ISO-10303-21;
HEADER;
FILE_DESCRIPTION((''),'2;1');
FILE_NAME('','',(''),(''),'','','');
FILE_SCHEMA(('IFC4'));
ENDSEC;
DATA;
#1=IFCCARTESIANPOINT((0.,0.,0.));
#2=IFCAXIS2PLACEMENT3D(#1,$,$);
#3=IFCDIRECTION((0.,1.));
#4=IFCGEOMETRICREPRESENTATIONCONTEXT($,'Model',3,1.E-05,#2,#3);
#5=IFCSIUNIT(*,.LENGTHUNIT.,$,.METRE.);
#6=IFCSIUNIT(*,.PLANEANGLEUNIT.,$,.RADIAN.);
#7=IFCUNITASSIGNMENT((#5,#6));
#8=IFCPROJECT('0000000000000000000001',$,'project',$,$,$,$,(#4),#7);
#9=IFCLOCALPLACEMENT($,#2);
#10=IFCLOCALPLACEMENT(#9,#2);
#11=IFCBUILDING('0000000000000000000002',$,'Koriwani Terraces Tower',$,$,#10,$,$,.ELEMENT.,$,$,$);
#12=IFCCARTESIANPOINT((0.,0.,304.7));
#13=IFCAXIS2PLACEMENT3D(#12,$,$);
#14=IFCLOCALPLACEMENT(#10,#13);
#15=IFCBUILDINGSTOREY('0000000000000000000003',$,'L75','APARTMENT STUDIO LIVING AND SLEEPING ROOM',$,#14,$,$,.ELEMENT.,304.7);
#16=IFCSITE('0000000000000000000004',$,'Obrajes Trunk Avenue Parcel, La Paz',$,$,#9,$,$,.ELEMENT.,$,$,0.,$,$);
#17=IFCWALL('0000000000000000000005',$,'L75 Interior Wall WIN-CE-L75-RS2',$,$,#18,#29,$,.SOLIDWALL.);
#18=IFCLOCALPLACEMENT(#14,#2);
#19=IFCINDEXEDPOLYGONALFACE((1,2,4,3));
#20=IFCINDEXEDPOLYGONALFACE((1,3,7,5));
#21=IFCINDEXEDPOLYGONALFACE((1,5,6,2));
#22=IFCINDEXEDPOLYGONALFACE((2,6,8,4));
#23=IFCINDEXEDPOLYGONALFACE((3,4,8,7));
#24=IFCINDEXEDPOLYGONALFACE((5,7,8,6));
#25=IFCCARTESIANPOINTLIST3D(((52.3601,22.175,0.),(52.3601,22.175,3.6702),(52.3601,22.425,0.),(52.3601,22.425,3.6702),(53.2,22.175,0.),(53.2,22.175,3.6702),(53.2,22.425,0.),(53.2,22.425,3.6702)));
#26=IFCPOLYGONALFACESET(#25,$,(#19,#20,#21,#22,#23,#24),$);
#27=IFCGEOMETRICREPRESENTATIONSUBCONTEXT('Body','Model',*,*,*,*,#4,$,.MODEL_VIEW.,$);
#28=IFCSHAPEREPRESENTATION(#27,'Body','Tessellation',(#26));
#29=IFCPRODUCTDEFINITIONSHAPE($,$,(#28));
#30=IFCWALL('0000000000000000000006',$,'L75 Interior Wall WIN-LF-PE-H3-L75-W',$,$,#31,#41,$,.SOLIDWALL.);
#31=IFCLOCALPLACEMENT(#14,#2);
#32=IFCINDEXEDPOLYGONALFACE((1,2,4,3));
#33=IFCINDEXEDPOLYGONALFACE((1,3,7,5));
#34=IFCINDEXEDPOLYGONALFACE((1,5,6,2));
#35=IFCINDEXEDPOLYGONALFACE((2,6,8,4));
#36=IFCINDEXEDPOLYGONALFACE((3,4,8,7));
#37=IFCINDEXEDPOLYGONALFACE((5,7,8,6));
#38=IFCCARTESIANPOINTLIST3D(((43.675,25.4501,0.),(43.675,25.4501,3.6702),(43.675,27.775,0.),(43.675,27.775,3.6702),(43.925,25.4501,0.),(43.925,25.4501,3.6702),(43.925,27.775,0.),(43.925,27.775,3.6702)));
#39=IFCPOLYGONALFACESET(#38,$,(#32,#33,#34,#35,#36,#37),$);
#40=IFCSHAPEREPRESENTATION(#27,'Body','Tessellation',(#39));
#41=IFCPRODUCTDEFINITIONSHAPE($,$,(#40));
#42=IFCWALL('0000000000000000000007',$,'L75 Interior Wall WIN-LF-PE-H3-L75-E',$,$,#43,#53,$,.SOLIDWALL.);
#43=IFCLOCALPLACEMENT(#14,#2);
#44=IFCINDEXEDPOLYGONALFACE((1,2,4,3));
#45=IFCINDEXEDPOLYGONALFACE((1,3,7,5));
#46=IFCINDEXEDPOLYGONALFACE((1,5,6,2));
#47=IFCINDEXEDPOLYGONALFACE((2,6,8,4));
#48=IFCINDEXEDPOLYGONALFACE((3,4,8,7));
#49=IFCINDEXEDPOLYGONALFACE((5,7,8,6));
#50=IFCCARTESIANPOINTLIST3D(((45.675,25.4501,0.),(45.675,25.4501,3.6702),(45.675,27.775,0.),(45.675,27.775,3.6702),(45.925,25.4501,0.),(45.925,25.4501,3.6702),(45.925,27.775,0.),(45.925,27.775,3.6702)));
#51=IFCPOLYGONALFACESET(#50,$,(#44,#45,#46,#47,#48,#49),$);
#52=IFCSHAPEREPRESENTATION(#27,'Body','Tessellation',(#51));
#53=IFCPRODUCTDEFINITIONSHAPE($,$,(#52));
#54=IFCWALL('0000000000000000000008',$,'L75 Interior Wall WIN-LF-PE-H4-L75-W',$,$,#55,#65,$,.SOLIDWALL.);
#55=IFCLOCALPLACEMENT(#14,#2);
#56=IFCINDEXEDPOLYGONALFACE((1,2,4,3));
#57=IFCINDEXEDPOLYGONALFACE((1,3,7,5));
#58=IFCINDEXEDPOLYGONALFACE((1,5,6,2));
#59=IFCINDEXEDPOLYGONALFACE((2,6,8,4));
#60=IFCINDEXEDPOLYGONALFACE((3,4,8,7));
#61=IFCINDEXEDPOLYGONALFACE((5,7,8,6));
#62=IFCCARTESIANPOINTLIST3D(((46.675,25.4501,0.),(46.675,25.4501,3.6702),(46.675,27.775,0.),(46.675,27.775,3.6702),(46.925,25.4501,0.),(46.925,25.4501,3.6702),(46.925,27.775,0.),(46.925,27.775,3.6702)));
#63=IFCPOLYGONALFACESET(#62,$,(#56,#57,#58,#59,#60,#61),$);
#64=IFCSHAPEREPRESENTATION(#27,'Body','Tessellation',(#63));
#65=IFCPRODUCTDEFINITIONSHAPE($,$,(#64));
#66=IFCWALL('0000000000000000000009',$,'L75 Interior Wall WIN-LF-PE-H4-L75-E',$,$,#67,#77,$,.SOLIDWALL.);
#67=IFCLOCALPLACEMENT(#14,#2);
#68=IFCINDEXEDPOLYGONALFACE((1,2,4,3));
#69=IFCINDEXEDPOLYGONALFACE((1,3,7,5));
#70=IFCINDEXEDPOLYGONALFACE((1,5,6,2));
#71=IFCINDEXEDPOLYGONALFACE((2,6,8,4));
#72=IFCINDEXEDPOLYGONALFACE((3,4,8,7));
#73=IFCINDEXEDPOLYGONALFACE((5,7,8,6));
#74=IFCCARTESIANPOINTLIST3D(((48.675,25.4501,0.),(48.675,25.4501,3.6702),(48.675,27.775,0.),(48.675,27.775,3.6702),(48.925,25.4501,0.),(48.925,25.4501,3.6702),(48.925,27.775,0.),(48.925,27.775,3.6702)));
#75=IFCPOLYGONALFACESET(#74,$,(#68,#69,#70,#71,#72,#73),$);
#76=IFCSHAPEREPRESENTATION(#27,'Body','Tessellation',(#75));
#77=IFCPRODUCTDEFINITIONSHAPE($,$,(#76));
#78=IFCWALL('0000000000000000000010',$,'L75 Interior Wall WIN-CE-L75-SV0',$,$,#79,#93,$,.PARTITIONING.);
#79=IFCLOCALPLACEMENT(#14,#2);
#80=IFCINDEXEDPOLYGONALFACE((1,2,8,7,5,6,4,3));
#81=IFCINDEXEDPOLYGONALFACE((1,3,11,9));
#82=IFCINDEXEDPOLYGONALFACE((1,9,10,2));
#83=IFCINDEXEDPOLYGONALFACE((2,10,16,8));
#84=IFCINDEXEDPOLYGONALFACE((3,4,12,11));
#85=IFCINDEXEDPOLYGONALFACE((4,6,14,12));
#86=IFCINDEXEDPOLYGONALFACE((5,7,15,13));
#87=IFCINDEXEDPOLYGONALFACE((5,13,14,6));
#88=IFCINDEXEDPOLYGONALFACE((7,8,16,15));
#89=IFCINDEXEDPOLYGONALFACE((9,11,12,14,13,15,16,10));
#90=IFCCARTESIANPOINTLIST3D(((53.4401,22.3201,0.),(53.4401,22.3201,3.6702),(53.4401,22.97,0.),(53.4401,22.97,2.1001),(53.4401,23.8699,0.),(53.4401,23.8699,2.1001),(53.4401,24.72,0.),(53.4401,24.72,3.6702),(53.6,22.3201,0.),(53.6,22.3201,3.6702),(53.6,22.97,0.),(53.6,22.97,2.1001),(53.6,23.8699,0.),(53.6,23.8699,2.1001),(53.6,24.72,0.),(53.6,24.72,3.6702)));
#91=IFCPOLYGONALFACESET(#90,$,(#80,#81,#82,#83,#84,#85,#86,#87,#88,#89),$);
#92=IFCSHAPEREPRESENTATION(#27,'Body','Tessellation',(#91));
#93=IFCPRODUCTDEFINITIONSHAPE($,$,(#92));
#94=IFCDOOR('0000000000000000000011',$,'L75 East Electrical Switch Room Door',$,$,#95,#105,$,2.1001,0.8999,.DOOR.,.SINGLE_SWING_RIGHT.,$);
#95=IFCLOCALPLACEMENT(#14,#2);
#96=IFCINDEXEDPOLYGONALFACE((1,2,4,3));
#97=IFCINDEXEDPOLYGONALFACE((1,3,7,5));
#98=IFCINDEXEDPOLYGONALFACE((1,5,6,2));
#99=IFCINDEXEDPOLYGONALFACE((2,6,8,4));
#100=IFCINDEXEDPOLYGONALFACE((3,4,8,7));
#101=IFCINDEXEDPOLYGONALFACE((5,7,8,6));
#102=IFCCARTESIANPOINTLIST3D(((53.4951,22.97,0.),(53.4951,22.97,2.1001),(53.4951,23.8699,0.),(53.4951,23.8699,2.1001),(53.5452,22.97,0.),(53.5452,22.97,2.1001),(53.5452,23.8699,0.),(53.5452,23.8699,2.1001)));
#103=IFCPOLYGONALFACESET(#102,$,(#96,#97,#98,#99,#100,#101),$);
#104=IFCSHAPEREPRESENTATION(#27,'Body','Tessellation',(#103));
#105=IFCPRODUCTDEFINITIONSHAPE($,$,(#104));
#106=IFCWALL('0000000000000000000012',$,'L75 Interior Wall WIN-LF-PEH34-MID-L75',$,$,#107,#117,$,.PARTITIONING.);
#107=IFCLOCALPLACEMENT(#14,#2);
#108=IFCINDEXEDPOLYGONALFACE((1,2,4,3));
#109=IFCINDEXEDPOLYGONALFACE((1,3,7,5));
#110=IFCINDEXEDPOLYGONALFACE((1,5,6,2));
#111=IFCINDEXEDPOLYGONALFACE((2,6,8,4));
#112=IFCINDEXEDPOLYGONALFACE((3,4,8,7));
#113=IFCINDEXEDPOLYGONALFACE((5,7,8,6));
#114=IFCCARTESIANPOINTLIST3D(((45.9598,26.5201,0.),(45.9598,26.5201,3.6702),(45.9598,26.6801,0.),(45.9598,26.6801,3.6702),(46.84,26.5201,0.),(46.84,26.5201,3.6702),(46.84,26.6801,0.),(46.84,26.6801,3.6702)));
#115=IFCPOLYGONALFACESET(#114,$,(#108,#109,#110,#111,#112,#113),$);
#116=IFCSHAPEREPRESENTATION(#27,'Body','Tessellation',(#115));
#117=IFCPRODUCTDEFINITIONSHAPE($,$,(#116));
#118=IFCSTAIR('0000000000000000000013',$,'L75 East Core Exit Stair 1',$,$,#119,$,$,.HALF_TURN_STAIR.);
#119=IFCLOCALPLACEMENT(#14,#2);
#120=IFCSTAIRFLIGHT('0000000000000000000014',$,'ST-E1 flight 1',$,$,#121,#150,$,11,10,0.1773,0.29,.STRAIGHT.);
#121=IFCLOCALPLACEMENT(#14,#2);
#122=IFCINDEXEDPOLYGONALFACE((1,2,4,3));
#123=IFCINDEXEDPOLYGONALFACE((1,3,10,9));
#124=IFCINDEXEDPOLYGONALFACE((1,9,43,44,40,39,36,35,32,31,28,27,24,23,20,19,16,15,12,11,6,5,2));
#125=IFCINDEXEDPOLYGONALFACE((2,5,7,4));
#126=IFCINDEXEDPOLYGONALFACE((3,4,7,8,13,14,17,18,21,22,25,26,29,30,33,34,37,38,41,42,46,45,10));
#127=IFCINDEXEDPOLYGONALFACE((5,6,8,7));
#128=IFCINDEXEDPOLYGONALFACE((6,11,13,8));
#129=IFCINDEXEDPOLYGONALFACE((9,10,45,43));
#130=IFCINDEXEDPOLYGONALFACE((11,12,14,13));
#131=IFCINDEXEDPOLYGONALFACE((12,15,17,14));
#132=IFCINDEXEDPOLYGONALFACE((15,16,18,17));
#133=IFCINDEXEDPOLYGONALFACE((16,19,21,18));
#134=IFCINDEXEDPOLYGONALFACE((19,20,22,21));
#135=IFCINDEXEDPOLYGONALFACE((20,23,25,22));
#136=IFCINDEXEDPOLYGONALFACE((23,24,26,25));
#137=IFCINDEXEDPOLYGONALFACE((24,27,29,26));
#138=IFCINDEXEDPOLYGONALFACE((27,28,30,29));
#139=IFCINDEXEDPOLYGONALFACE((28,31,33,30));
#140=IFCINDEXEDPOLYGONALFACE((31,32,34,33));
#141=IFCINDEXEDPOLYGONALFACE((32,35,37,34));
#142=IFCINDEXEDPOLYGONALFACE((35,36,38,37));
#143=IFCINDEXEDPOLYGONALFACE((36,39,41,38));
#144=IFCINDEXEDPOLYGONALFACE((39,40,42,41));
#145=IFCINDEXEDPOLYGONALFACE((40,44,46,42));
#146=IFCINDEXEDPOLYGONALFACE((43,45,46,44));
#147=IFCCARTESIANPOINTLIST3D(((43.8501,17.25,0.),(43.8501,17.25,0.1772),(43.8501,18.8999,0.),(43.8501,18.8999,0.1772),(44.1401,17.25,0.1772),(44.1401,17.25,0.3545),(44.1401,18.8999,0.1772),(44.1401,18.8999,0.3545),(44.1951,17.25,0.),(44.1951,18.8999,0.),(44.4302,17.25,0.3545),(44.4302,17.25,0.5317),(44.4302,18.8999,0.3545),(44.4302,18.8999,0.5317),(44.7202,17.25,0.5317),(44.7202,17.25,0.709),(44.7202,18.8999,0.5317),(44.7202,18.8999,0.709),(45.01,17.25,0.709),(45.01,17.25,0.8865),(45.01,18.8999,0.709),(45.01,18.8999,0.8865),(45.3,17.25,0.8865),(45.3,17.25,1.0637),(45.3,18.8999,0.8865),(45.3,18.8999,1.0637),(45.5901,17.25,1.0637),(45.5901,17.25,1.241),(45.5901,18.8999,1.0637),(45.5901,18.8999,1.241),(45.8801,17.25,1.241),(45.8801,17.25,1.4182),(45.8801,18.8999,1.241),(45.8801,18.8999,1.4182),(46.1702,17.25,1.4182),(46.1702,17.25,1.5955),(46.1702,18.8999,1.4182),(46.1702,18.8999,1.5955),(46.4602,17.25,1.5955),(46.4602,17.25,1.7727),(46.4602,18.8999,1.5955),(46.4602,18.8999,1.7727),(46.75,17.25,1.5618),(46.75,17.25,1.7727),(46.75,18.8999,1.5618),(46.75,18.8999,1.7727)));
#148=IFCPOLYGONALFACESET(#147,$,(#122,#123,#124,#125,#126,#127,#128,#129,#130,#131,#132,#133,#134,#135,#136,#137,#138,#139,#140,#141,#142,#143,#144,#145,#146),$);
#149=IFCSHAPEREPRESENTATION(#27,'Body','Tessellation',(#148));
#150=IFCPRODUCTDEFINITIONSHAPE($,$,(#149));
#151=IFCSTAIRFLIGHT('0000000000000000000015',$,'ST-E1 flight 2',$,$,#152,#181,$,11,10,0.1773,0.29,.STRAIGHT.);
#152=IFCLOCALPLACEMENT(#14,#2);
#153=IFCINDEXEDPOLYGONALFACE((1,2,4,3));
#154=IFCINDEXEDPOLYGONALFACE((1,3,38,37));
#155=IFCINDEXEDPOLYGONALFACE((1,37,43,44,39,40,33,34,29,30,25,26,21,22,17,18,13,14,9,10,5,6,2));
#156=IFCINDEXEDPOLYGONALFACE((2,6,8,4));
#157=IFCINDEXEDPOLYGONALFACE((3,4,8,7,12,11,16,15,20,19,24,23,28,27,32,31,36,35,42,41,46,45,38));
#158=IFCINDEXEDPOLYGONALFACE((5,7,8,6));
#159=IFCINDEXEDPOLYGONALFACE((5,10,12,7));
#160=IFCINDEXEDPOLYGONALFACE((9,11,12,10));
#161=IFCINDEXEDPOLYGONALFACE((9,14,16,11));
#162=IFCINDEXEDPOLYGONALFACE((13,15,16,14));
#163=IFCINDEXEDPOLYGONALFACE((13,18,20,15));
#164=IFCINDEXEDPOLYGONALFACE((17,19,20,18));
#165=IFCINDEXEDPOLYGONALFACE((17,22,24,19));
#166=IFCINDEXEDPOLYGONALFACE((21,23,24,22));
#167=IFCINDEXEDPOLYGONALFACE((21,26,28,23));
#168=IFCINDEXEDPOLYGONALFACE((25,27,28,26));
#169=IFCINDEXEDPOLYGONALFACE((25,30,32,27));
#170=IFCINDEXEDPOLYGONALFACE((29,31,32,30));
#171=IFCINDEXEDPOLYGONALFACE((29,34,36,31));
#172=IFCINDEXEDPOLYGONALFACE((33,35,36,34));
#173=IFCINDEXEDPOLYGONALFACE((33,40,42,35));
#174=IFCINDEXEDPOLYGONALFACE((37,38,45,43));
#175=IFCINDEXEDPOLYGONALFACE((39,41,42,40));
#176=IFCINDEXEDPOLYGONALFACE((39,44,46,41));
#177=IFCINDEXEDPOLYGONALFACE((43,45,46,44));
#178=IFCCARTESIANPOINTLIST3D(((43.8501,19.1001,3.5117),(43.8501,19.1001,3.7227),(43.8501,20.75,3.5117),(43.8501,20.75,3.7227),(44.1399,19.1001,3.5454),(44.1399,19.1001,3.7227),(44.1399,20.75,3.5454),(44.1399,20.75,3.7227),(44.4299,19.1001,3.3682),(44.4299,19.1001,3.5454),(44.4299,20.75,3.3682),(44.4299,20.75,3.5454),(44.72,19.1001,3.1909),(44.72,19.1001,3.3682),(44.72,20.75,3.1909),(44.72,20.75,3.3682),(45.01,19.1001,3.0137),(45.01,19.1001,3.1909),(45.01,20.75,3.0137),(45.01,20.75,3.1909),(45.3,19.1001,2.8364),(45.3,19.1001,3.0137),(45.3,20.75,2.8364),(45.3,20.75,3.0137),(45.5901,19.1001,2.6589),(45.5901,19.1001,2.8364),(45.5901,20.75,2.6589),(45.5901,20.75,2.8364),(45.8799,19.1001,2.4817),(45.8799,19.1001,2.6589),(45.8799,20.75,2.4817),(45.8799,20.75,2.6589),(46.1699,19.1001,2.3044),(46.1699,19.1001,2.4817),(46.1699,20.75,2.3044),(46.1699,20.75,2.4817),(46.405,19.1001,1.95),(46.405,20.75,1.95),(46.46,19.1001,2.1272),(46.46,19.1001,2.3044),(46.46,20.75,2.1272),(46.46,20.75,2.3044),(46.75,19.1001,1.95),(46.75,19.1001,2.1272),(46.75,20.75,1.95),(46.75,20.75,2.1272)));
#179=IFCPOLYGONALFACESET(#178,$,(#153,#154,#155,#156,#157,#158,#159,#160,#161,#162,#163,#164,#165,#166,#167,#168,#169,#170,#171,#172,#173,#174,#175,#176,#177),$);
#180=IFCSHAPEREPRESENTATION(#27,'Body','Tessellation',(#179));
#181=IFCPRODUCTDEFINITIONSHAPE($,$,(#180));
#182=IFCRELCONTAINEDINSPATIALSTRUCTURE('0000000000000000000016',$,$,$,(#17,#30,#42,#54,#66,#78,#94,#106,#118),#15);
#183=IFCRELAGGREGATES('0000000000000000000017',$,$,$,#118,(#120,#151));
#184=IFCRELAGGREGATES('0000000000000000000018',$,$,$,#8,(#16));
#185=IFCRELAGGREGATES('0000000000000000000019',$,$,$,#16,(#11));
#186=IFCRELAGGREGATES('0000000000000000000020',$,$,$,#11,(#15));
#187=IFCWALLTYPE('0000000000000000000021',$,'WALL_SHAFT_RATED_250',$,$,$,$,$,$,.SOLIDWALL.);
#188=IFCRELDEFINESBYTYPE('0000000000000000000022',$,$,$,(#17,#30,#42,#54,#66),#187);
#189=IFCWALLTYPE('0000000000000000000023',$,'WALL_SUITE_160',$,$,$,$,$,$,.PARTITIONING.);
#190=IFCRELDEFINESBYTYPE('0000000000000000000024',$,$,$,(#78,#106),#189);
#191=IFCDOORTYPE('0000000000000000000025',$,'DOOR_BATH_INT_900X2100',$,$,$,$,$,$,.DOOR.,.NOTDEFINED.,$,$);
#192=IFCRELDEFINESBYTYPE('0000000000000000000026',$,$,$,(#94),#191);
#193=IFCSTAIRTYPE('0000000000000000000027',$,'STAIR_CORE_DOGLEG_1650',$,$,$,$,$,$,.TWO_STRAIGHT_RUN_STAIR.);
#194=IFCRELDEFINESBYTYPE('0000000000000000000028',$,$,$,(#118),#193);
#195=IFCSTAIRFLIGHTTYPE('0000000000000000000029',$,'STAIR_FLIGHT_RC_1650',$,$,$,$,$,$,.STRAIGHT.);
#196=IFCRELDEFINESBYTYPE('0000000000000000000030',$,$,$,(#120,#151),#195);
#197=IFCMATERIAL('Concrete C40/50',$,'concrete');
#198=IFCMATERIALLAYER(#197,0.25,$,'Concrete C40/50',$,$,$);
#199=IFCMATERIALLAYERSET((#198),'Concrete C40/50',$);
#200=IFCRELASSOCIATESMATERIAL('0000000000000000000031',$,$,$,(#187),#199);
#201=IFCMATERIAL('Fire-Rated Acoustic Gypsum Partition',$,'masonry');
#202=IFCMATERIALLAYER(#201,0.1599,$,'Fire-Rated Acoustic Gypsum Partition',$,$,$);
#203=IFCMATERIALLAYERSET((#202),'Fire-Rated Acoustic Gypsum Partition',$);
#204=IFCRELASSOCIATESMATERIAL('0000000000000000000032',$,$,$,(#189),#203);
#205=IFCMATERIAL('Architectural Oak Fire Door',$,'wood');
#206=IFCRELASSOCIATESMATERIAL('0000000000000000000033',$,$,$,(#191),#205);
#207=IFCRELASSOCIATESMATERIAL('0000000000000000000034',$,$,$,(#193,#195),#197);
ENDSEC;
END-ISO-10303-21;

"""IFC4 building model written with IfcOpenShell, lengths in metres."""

from ifc_helpers import new_model, si_unit, direction, frame, frame_2d, origin, place, context, subcontext, project, spatial, polyline, rectangle, outline, extrude, material, layer, layer_set, type_object, element, fill, aggregate, save


model = new_model("IFC4")

# Units and contexts
model_context = context("Model", 3, precision=1e-05, world=origin(), true_north=direction((0.0, 1.0)))
body_context = subcontext(model_context, "Body", "Model", "MODEL_VIEW")
ifc_project = project(units=[si_unit("LENGTHUNIT", "METRE"), si_unit("PLANEANGLEUNIT", "RADIAN")], contexts=[model_context])

# Site, building, storey
site_placement = place(None, origin())
site = spatial("IfcSite", under=ifc_project, at=site_placement, Name="Obrajes Trunk Avenue Parcel, La Paz", CompositionType="ELEMENT", RefElevation=0.0)
building_placement = place(site_placement, origin())
building = spatial("IfcBuilding", under=site, at=building_placement, Name="Koriwani Terraces Tower", CompositionType="ELEMENT")
storey_placement = place(building_placement, frame((0.0, 0.0, 304.7)))
storey = spatial("IfcBuildingStorey", under=building, at=storey_placement, Name="L75", Description="APARTMENT STUDIO LIVING AND SLEEPING ROOM", CompositionType="ELEMENT", Elevation=304.7)

# Shared definitions
ifc_material_1 = material(Name="Concrete C40/50", Category="concrete")

# Shared definitions
ifc_layer_1 = layer(ifc_material_1, 0.25, Name="Concrete C40/50")
ifc_layer_set_1 = layer_set([ifc_layer_1], Name="Concrete C40/50")
wall_type_1 = type_object("IfcWallType", Name="WALL_SHAFT_RATED_250", PredefinedType="SOLIDWALL", material=ifc_layer_set_1)

# Walls
wall_1_placement = place(storey_placement, frame((52.3601, 22.3, 0.0), z_axis=(0.0, 0.0, 1.0), x_axis=(1.0, 0.0, 0.0)))
element("IfcWall", 1, at=wall_1_placement, inside=storey, type_object=wall_type_1, Name="L75 Interior Wall WIN-CE-L75-RS2", PredefinedType="SOLIDWALL", context=body_context, shape_type="SweptSolid", body=[
    extrude(rectangle(XDim=0.8398, YDim=0.25, at=frame_2d((0.4199, 0.0))), origin(), (0.0, 0.0, 1.0), 3.6702),
])
for number, where, z_axis, x_axis, name in (
    (2, (43.8, 25.45, 0.0), (0.0, 0.0, 1.0), (0.0, 1.0, 0.0), "L75 Interior Wall WIN-LF-PE-H3-L75-W"),
    (3, (45.8, 25.45, 0.0), (0.0, 0.0, 1.0), (0.0, 1.0, 0.0), "L75 Interior Wall WIN-LF-PE-H3-L75-E"),
    (4, (46.8, 25.45, 0.0), (0.0, 0.0, 1.0), (0.0, 1.0, 0.0), "L75 Interior Wall WIN-LF-PE-H4-L75-W"),
    (5, (48.8, 25.45, 0.0), (0.0, 0.0, 1.0), (0.0, 1.0, 0.0), "L75 Interior Wall WIN-LF-PE-H4-L75-E"),
):
    element("IfcWall", number, at=place(storey_placement, frame(where, z_axis=z_axis, x_axis=x_axis)), inside=storey, type_object=wall_type_1, Name=name, PredefinedType="SOLIDWALL", context=body_context, shape_type="SweptSolid", body=[
        extrude(rectangle(XDim=2.325, YDim=0.25, at=frame_2d((1.1626, 0.0))), origin(), (0.0, 0.0, 1.0), 3.6702),
    ])

# Wall, opening, door
ifc_material_2 = material(Name="Fire-Rated Acoustic Gypsum Partition", Category="masonry")
ifc_layer_2 = layer(ifc_material_2, 0.1599, Name="Fire-Rated Acoustic Gypsum Partition")
ifc_layer_set_2 = layer_set([ifc_layer_2], Name="Fire-Rated Acoustic Gypsum Partition")
wall_type_2 = type_object("IfcWallType", Name="WALL_SUITE_160", PredefinedType="PARTITIONING", material=ifc_layer_set_2)
wall_2_placement = place(storey_placement, frame((53.52, 22.3201, 0.0), z_axis=(0.0, 0.0, 1.0), x_axis=(0.0, 1.0, 0.0)))
wall_2 = element("IfcWall", 6, at=wall_2_placement, inside=storey, type_object=wall_type_2, Name="L75 Interior Wall WIN-CE-L75-SV0", PredefinedType="PARTITIONING", context=body_context, shape_type="SweptSolid", body=[
    extrude(rectangle(XDim=2.3999, YDim=0.1599, at=frame_2d((1.2, 0.0))), origin(), (0.0, 0.0, 1.0), 3.6702),
])
opening_1_placement = place(wall_2_placement, frame((0.6499, 0.0, 0.0)))
opening_1 = element("IfcOpeningElement", 7, at=opening_1_placement, cuts=wall_2, PredefinedType="OPENING", context=body_context, shape_type="SweptSolid", body=[
    extrude(rectangle(XDim=0.8999, YDim=2.1001, at=frame_2d((0.45, 1.05))), frame((0.0, 0.0898, 0.0), z_axis=(0.0, -1.0, 0.0), x_axis=(1.0, 0.0, 0.0)), (0.0, 0.0, 1.0), 0.1799),
])
ifc_material_3 = material(Name="Architectural Oak Fire Door", Category="wood")
door_type_1 = type_object("IfcDoorType", Name="DOOR_BATH_INT_900X2100", OperationType="NOTDEFINED", PredefinedType="DOOR", material=ifc_material_3)
door_1_placement = place(opening_1_placement, origin())
door_1 = element("IfcDoor", 8, at=door_1_placement, inside=storey, type_object=door_type_1, Name="L75 East Electrical Switch Room Door", OperationType="SINGLE_SWING_RIGHT", OverallHeight=2.1001, OverallWidth=0.8999, PredefinedType="DOOR", context=body_context, shape_type="SweptSolid", body=[
    extrude(rectangle(XDim=0.8999, YDim=2.1001, at=frame_2d((0.45, 1.05))), frame((0.0, 0.0249, 0.0), z_axis=(0.0, -1.0, 0.0), x_axis=(1.0, 0.0, 0.0)), (0.0, 0.0, 1.0), 0.05),
])
fill(opening_1, door_1)

# Wall
wall_3_placement = place(storey_placement, frame((45.96, 26.6001, 0.0), z_axis=(0.0, 0.0, 1.0), x_axis=(1.0, 0.0, 0.0)))
element("IfcWall", 9, at=wall_3_placement, inside=storey, type_object=wall_type_2, Name="L75 Interior Wall WIN-LF-PEH34-MID-L75", PredefinedType="PARTITIONING", context=body_context, shape_type="SweptSolid", body=[
    extrude(rectangle(XDim=0.8801, YDim=0.1599, at=frame_2d((0.4399, 0.0))), origin(), (0.0, 0.0, 1.0), 3.6702),
])

# Stair, stair flights
stair_type = type_object("IfcStairType", Name="STAIR_CORE_DOGLEG_1650", PredefinedType="TWO_STRAIGHT_RUN_STAIR", material=ifc_material_1)
stair_placement = place(storey_placement, origin())
stair = element("IfcStair", 10, at=stair_placement, inside=storey, type_object=stair_type, Name="L75 East Core Exit Stair 1", PredefinedType="HALF_TURN_STAIR")
stair_flight_type = type_object("IfcStairFlightType", Name="STAIR_FLIGHT_RC_1650", PredefinedType="STRAIGHT", material=ifc_material_1)
stair_flight_1_placement = place(storey_placement, frame((43.8501, 18.075, 0.0), z_axis=(0.0, 0.0, 1.0), x_axis=(1.0, 0.0, 0.0)))
stair_flight_1 = element("IfcStairFlight", 11, at=stair_flight_1_placement, type_object=stair_flight_type, Name="ST-E1 flight 1", NumberOfRisers=11, NumberOfTreads=10, PredefinedType="STRAIGHT", RiserHeight=0.1773, TreadLength=0.29, context=body_context, shape_type="SweptSolid", body=[
    extrude(outline(polyline([(0.0, 0.0), (0.0, 0.1772), (0.29, 0.1772), (0.29, 0.3545), (0.5801, 0.3545), (0.5801, 0.5317), (0.8701, 0.5317), (0.8701, 0.709), (1.1599, 0.709), (1.1599, 0.8865), (1.45, 0.8865), (1.45, 1.0637), (1.74, 1.0637), (1.74, 1.241), (2.03, 1.241), (2.03, 1.4182), (2.3201, 1.4182), (2.3201, 1.5955), (2.6101, 1.5955), (2.6101, 1.7727), (2.8999, 1.7727), (2.8999, 1.95), (2.8999, 1.5618), (0.345, 0.0), (0.0, 0.0)])), frame((0.0, 0.825, 0.0), z_axis=(0.0, -1.0, 0.0), x_axis=(1.0, 0.0, 0.0)), (0.0, 0.0, 1.0), 1.6499),
])
stair_flight_2_placement = place(storey_placement, frame((46.75, 19.925, 1.95), z_axis=(0.0, 0.0, 1.0), x_axis=(-1.0, 0.0, 0.0)))
stair_flight_2 = element("IfcStairFlight", 12, at=stair_flight_2_placement, type_object=stair_flight_type, Name="ST-E1 flight 2", NumberOfRisers=11, NumberOfTreads=10, PredefinedType="STRAIGHT", RiserHeight=0.1773, TreadLength=0.29, context=body_context, shape_type="SweptSolid", body=[
    extrude(outline(polyline([(0.0, 0.0), (0.0, 0.1772), (0.29, 0.1772), (0.29, 0.3545), (0.5801, 0.3545), (0.5801, 0.5317), (0.8701, 0.5317), (0.8701, 0.709), (1.1599, 0.709), (1.1599, 0.8865), (1.45, 0.8865), (1.45, 1.0637), (1.74, 1.0637), (1.74, 1.241), (2.03, 1.241), (2.03, 1.4182), (2.3201, 1.4182), (2.3201, 1.5955), (2.6101, 1.5955), (2.6101, 1.7727), (2.8999, 1.7727), (2.8999, 1.95), (2.8999, 1.5618), (0.345, 0.0), (0.0, 0.0)])), frame((0.0, 0.825, 0.0), z_axis=(0.0, -1.0, 0.0), x_axis=(1.0, 0.0, 0.0)), (0.0, 0.0, 1.0), 1.6499),
])
aggregate(stair, [stair_flight_1, stair_flight_2])

save(model, "model.ifc")
